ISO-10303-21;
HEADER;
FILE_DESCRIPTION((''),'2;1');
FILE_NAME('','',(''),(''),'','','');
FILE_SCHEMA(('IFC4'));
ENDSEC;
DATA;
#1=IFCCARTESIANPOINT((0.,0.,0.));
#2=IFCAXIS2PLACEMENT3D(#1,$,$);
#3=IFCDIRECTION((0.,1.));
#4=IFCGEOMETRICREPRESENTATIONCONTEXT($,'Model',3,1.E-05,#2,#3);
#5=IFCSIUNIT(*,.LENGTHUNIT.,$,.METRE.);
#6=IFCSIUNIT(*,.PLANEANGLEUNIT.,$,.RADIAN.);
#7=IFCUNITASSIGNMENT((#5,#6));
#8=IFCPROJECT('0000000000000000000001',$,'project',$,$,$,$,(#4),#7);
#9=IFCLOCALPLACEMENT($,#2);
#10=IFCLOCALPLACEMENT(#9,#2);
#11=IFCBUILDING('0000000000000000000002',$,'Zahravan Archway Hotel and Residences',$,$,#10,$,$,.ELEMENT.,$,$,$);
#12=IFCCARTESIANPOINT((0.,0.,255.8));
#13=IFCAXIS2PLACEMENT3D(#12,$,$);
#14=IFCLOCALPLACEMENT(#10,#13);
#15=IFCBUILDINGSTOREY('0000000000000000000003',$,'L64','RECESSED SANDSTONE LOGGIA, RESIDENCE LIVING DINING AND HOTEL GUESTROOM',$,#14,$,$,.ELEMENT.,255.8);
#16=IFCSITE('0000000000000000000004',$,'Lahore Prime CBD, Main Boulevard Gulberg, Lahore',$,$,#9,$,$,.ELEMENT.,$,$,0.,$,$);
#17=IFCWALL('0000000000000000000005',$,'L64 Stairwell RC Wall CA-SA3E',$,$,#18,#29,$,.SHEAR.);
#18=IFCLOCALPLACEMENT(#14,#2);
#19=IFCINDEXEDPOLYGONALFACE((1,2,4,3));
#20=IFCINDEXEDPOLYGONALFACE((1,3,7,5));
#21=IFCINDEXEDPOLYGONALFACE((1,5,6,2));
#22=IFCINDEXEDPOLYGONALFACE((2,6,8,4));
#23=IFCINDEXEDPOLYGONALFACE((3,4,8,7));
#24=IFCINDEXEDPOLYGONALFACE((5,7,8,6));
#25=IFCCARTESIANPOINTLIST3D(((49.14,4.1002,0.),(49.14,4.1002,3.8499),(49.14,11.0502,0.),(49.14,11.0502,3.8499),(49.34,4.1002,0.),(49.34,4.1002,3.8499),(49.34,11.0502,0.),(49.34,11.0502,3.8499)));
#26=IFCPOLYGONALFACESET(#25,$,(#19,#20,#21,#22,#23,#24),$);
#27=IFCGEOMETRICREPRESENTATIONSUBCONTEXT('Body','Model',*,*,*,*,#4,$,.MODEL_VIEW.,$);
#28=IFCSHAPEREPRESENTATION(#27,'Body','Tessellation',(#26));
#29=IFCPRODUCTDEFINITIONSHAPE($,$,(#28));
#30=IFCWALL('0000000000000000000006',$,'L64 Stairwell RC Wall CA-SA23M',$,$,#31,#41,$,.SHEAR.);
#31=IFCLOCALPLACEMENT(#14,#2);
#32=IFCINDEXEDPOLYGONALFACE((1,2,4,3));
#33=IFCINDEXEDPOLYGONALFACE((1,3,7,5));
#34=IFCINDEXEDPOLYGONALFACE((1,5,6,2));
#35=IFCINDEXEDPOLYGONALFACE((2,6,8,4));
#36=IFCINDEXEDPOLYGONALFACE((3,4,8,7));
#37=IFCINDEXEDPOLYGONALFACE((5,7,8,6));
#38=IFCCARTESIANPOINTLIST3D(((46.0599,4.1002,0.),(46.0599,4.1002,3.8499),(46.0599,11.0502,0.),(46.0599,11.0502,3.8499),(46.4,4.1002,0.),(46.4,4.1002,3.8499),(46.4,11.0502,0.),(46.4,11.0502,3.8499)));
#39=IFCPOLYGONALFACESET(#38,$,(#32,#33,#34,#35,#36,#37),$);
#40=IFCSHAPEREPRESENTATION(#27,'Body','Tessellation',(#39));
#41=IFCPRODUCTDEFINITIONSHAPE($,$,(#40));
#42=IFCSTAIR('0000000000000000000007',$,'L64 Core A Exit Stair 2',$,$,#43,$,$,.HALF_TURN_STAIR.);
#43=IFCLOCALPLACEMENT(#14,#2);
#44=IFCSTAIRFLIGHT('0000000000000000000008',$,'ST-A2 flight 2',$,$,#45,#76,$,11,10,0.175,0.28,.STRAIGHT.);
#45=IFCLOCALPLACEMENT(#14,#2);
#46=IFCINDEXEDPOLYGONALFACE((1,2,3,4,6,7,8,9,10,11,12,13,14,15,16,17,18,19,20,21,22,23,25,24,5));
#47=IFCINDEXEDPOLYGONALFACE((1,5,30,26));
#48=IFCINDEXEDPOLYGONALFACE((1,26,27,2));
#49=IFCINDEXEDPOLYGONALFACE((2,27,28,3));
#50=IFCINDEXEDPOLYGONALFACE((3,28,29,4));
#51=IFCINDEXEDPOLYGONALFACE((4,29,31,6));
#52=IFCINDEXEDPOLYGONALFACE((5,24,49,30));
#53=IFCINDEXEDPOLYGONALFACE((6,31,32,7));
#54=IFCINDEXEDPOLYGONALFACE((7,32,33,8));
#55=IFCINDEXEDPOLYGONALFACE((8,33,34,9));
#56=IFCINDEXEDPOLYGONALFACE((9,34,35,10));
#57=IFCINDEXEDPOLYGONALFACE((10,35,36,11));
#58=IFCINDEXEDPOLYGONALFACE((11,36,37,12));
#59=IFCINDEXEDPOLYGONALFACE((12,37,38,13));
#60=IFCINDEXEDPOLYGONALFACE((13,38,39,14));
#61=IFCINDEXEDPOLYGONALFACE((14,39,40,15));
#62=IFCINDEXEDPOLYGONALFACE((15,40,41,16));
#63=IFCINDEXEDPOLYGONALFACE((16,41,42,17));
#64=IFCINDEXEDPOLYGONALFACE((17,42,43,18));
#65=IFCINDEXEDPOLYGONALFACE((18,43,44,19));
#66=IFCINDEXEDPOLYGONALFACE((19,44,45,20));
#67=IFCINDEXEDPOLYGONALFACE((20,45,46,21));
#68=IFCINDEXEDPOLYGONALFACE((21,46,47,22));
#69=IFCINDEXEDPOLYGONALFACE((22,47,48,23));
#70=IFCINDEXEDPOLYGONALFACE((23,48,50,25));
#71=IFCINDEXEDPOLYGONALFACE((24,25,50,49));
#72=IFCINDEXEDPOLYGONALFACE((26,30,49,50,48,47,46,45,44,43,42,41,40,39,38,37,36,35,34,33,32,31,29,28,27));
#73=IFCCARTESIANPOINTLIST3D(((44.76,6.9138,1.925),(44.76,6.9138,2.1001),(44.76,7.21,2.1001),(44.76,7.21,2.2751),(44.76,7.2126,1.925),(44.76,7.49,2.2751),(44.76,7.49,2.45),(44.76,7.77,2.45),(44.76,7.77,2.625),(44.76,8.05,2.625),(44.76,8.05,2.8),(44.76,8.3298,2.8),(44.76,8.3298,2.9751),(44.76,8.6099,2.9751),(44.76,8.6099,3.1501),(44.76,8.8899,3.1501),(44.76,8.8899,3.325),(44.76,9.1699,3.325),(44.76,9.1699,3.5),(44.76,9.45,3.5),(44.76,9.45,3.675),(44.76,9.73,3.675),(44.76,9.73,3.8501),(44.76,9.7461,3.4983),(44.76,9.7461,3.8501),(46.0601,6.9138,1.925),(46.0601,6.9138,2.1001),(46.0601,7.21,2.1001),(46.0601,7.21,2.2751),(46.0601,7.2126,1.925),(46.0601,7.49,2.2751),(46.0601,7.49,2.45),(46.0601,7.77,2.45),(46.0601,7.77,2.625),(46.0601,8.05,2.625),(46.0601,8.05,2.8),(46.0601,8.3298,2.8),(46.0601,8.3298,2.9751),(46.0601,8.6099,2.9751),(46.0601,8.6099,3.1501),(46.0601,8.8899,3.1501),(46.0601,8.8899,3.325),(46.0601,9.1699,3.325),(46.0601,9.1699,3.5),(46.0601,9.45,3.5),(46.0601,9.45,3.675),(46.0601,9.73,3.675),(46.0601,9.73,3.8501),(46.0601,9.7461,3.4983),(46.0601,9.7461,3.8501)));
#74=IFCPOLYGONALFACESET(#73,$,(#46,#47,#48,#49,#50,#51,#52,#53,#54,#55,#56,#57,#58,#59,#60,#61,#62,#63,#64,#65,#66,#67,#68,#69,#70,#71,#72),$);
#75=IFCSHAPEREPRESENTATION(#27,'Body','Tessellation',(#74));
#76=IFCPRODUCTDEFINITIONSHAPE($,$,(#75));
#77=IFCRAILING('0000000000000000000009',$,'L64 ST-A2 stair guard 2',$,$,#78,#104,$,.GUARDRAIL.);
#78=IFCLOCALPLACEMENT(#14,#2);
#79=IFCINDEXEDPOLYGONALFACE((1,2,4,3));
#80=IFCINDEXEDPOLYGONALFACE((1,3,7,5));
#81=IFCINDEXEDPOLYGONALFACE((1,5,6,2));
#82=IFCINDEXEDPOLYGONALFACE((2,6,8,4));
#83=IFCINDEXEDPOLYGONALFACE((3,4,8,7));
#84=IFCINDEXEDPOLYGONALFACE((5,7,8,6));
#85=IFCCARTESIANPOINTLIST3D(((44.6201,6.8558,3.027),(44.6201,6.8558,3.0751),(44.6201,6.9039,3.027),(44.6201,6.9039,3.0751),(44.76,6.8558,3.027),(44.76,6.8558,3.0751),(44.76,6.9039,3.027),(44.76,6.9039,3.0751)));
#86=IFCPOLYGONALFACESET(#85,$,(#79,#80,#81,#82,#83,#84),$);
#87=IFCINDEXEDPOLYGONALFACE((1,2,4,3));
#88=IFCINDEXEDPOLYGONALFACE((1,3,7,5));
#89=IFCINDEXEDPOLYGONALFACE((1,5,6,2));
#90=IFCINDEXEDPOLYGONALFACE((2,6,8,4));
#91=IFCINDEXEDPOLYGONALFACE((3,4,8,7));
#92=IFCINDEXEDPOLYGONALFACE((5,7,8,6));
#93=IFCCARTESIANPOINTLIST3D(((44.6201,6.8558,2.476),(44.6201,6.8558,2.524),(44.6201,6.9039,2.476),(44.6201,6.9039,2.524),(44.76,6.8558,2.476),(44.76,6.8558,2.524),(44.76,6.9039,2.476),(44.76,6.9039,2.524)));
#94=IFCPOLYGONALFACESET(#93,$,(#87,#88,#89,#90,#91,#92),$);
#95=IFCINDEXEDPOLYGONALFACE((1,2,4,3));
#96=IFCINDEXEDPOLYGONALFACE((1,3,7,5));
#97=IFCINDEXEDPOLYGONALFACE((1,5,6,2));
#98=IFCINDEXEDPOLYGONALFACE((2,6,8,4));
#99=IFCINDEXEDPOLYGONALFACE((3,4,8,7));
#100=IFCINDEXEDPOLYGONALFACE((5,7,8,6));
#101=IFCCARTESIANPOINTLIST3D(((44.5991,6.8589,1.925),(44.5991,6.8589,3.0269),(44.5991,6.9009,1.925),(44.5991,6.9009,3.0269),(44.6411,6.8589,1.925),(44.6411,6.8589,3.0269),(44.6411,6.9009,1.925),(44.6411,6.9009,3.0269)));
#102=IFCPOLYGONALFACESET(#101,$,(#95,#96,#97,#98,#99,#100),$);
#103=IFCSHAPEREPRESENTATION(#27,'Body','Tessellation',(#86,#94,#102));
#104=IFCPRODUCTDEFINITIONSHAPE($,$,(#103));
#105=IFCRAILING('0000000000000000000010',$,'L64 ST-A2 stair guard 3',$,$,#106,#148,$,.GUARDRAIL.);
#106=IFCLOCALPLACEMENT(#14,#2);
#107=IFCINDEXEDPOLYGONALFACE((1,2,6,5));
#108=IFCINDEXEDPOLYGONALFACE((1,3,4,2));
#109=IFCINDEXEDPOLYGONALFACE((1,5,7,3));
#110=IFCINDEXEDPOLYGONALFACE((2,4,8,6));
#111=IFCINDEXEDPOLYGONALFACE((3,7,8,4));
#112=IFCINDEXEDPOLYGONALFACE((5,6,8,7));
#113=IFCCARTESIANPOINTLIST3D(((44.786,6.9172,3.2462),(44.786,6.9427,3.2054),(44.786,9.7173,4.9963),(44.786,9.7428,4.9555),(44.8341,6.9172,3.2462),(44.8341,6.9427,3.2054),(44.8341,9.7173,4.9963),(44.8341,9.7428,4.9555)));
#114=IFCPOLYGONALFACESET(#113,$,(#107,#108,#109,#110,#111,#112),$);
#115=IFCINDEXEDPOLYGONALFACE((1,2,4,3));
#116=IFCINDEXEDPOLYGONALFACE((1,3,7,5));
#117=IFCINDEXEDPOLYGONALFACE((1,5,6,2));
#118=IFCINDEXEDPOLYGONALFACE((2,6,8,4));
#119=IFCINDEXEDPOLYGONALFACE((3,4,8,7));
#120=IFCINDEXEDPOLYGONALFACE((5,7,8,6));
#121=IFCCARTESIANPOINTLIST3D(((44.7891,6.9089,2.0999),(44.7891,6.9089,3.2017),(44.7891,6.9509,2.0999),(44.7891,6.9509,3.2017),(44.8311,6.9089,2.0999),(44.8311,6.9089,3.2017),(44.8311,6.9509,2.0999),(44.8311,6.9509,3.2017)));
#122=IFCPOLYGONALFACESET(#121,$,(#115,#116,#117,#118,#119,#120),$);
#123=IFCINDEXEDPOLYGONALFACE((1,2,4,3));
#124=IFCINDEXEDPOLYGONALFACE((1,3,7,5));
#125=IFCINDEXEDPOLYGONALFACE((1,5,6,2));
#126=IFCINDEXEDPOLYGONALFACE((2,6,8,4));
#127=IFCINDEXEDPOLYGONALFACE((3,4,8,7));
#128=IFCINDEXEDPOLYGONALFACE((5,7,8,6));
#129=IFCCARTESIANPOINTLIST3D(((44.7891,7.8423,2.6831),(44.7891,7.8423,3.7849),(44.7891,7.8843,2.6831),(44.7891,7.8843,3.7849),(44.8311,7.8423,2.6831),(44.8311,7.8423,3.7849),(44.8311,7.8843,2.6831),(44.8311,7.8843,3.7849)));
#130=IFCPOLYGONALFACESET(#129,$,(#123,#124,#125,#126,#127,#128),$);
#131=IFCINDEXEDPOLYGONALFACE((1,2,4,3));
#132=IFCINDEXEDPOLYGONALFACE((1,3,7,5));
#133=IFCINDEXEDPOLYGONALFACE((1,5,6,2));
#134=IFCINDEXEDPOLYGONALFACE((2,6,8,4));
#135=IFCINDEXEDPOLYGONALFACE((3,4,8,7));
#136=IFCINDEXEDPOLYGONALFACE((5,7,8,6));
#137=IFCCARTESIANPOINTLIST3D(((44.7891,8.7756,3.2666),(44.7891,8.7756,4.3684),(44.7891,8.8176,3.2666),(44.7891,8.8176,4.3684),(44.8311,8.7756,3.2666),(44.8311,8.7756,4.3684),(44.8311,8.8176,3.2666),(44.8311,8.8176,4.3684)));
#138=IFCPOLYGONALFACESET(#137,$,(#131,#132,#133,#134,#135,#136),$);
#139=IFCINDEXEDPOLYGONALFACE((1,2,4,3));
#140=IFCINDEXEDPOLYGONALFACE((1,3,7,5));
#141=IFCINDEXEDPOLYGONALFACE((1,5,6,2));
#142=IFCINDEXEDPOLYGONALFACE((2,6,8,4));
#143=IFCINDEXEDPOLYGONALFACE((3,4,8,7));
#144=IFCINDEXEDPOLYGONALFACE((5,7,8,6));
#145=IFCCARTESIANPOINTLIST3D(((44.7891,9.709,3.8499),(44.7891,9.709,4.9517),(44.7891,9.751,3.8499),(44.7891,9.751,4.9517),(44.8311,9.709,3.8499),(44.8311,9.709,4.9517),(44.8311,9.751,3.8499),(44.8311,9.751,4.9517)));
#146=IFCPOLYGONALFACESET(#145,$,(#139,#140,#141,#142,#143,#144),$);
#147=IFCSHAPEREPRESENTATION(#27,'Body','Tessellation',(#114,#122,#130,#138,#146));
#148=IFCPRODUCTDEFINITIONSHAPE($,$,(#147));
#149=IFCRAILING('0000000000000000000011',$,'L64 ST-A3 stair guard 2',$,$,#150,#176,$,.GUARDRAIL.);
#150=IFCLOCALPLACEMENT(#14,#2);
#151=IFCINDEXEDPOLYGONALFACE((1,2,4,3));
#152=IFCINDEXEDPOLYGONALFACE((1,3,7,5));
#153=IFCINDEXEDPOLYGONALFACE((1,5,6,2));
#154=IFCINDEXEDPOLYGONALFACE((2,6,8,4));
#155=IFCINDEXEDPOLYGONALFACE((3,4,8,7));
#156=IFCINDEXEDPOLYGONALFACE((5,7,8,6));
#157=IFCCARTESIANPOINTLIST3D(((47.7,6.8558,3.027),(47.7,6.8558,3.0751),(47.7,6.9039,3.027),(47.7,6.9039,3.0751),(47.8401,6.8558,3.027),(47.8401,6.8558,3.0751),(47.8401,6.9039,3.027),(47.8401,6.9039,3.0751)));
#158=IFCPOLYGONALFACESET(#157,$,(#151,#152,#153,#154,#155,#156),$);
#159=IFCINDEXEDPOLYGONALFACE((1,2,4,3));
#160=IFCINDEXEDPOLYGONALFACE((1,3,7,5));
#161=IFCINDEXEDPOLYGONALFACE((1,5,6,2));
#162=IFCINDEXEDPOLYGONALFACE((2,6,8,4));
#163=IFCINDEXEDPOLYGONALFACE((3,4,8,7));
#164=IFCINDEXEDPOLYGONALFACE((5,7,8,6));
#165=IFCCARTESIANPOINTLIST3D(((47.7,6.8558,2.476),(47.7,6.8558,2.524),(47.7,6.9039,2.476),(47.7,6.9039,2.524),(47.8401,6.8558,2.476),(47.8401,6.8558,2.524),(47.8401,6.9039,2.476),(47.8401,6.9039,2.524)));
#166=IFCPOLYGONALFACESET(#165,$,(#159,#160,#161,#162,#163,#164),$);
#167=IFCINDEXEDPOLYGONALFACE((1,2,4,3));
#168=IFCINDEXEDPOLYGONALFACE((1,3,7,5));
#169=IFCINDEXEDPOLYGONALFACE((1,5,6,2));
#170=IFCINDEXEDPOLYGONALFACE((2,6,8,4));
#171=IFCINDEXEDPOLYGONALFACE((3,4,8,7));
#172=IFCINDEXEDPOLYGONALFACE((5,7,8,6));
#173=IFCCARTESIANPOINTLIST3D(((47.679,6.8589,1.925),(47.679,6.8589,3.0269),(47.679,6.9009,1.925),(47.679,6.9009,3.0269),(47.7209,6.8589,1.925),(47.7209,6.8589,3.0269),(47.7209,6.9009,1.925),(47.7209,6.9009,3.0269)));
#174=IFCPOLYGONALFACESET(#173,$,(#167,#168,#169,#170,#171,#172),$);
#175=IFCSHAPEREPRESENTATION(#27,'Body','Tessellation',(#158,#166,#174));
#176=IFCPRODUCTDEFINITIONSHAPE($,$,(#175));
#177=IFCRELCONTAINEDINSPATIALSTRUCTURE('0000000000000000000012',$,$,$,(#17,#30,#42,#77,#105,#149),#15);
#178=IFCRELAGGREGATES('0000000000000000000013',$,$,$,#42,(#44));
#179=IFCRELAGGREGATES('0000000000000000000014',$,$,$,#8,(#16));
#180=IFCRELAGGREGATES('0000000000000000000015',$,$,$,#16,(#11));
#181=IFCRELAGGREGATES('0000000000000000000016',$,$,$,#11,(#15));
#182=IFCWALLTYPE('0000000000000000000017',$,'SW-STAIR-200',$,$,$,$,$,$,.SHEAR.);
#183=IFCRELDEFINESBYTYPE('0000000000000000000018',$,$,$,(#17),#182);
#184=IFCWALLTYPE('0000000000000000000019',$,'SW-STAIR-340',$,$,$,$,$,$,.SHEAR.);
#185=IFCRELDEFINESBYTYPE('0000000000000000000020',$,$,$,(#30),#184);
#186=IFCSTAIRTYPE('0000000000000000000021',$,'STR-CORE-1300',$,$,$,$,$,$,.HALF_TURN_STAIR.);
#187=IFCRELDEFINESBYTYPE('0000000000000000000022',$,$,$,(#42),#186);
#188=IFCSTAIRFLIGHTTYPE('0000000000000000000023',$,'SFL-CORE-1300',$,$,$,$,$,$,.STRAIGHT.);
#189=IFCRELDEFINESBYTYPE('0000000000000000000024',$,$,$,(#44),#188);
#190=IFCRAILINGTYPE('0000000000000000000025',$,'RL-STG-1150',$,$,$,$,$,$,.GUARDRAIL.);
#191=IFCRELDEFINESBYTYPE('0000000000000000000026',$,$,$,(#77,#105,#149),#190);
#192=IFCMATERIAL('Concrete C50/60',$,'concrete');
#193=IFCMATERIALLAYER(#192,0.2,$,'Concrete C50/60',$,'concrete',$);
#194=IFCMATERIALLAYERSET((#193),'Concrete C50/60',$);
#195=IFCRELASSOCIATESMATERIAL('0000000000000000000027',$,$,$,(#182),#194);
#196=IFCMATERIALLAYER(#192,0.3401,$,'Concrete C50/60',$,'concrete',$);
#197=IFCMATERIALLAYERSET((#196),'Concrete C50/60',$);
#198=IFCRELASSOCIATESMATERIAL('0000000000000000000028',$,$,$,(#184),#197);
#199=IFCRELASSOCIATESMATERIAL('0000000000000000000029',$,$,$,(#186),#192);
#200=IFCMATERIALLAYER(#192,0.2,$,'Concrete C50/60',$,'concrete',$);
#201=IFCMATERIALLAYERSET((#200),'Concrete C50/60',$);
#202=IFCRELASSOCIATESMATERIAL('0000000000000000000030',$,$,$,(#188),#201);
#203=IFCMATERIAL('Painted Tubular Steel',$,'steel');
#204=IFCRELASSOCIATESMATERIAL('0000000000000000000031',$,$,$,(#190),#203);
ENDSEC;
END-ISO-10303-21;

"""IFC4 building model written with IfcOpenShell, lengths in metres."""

from ifc_helpers import new_model, si_unit, direction, frame, frame_2d, origin, origin_2d, place, context, subcontext, project, spatial, polyline, rectangle, outline, extrude, source, transform, mapped, material, layer, layer_set, type_object, element, aggregate, save


model = new_model("IFC4")

# Units and contexts
model_context = context("Model", 3, precision=1e-05, world=origin(), true_north=direction((0.0, 1.0)))
body_context = subcontext(model_context, "Body", "Model", "MODEL_VIEW")
ifc_project = project(units=[si_unit("LENGTHUNIT", "METRE"), si_unit("PLANEANGLEUNIT", "RADIAN")], contexts=[model_context])

# Site, building, storey
site_placement = place(None, origin())
site = spatial("IfcSite", under=ifc_project, at=site_placement, Name="Lahore Prime CBD, Main Boulevard Gulberg, Lahore", CompositionType="ELEMENT", RefElevation=0.0)
building_placement = place(site_placement, origin())
building = spatial("IfcBuilding", under=site, at=building_placement, Name="Zahravan Archway Hotel and Residences", CompositionType="ELEMENT")
storey_placement = place(building_placement, frame((0.0, 0.0, 255.8)))
storey = spatial("IfcBuildingStorey", under=building, at=storey_placement, Name="L64", Description="RECESSED SANDSTONE LOGGIA, RESIDENCE LIVING DINING AND HOTEL GUESTROOM", CompositionType="ELEMENT", Elevation=255.8)

# Shared definitions
ifc_material_1 = material(Name="Concrete C50/60", Category="concrete")

# Walls
ifc_layer_1 = layer(ifc_material_1, 0.2, Name="Concrete C50/60", Category="concrete")
ifc_layer_set_1 = layer_set([ifc_layer_1], Name="Concrete C50/60")
wall_type_1 = type_object("IfcWallType", Name="SW-STAIR-200", PredefinedType="SHEAR", material=ifc_layer_set_1)
for number, where, z_axis, x_axis, name in (
    (1, (49.24, 4.1001, 0.0), (0.0, 0.0, 1.0), (0.0, 1.0, 0.0), "L64 Stairwell RC Wall CA-SA3E"),
):
    element("IfcWall", number, at=place(storey_placement, frame(where, z_axis=z_axis, x_axis=x_axis)), inside=storey, type_object=wall_type_1, Name=name, PredefinedType="SHEAR", context=body_context, shape_type="SweptSolid", body=[
        extrude(rectangle(XDim=6.95, YDim=0.2, at=frame_2d((3.4751, 0.0))), origin(), (0.0, 0.0, 1.0), 3.8499),
    ])
ifc_layer_2 = layer(ifc_material_1, 0.3401, Name="Concrete C50/60", Category="concrete")
ifc_layer_set_2 = layer_set([ifc_layer_2], Name="Concrete C50/60")
wall_type_2 = type_object("IfcWallType", Name="SW-STAIR-340", PredefinedType="SHEAR", material=ifc_layer_set_2)
wall_1_placement = place(storey_placement, frame((46.23, 4.1001, 0.0), z_axis=(0.0, 0.0, 1.0), x_axis=(0.0, 1.0, 0.0)))
element("IfcWall", 2, at=wall_1_placement, inside=storey, type_object=wall_type_2, Name="L64 Stairwell RC Wall CA-SA23M", PredefinedType="SHEAR", context=body_context, shape_type="SweptSolid", body=[
    extrude(rectangle(XDim=6.95, YDim=0.3401, at=frame_2d((3.4751, 0.0))), origin(), (0.0, 0.0, 1.0), 3.8499),
])

# Stair, stair flight
stair_type = type_object("IfcStairType", Name="STR-CORE-1300", PredefinedType="HALF_TURN_STAIR", material=ifc_material_1)
stair_placement = place(storey_placement, origin())
stair = element("IfcStair", 3, at=stair_placement, inside=storey, type_object=stair_type, Name="L64 Core A Exit Stair 2", PredefinedType="HALF_TURN_STAIR")
ifc_layer_3 = layer(ifc_material_1, 0.2, Name="Concrete C50/60", Category="concrete")
ifc_layer_set_3 = layer_set([ifc_layer_3], Name="Concrete C50/60")
stair_flight_type = type_object("IfcStairFlightType", Name="SFL-CORE-1300", PredefinedType="STRAIGHT", material=ifc_layer_set_3)
shared_shape_1 = source(origin(), body_context, "Body", "SweptSolid", [
    extrude(outline(polyline([(-0.0161, 0.0), (-0.0161, 0.175), (0.28, 0.175), (0.28, 0.3501), (0.5601, 0.3501), (0.5601, 0.5249), (0.8401, 0.5249), (0.8401, 0.7), (1.1201, 0.7), (1.1201, 0.875), (1.3999, 0.875), (1.3999, 1.05), (1.6799, 1.05), (1.6799, 1.2251), (1.96, 1.2251), (1.96, 1.3999), (2.24, 1.3999), (2.24, 1.575), (2.52, 1.575), (2.52, 1.75), (2.8, 1.75), (2.8, 1.925), (2.8162, 1.925), (2.8162, 1.5732), (0.2827, 0.0), (-0.0161, 0.0)])), frame((0.0, 0.6499, 0.0), z_axis=(0.0, -1.0, 0.0), x_axis=(1.0, 0.0, 0.0)), (0.0, 0.0, 1.0), 1.3),
])
stair_flight_placement = place(storey_placement, frame((45.4099, 6.9299, 1.925), z_axis=(0.0, 0.0, 1.0), x_axis=(0.0, 1.0, 0.0)))
stair_flight = element("IfcStairFlight", 4, at=stair_flight_placement, type_object=stair_flight_type, Name="ST-A2 flight 2", NumberOfRisers=11, NumberOfTreads=10, PredefinedType="STRAIGHT", RiserHeight=0.175, TreadLength=0.28, context=body_context, shape_type="MappedRepresentation", body=[
    mapped(shared_shape_1, transform((0.0, 0.0, 0.0), scale=1.0)),
])
aggregate(stair, [stair_flight])

# Railings
ifc_material_2 = material(Name="Painted Tubular Steel", Category="steel")
railing_type_1 = type_object("IfcRailingType", Name="RL-STG-1150", PredefinedType="GUARDRAIL", material=ifc_material_2)
railing_1_placement = place(storey_placement, frame((44.6201, 6.8799, 1.925)))
element("IfcRailing", 5, at=railing_1_placement, inside=storey, type_object=railing_type_1, Name="L64 ST-A2 stair guard 2", PredefinedType="GUARDRAIL", context=body_context, shape_type="SweptSolid", body=[
    extrude(rectangle(XDim=0.0481, YDim=0.0481, at=origin_2d()), frame((0.0, 0.0, 1.126), z_axis=(1.0, 0.0, 0.0), x_axis=(0.0, 1.0, 0.0)), (0.0, 0.0, 1.0), 0.1399),
    extrude(rectangle(XDim=0.0481, YDim=0.0481, at=origin_2d()), frame((0.0, 0.0, 0.575), z_axis=(1.0, 0.0, 0.0), x_axis=(0.0, 1.0, 0.0)), (0.0, 0.0, 1.0), 0.1399),
    extrude(rectangle(XDim=0.042, YDim=0.042, at=origin_2d()), origin(), (0.0, 0.0, 1.0), 1.1018),
])
railing_2_placement = place(storey_placement, frame((44.8101, 6.9299, 2.0999)))
element("IfcRailing", 6, at=railing_2_placement, inside=storey, type_object=railing_type_1, Name="L64 ST-A2 stair guard 3", PredefinedType="GUARDRAIL", context=body_context, shape_type="SweptSolid", body=[
    extrude(rectangle(XDim=0.0481, YDim=0.0481, at=origin_2d()), frame((0.0, 0.0, 1.126), z_axis=(0.0, 0.848002, 0.529992), x_axis=(-1.0, 0.0, 0.0)), (0.0, 0.0, 1.0), 3.302),
    extrude(rectangle(XDim=0.042, YDim=0.042, at=origin_2d()), origin(), (0.0, 0.0, 1.0), 1.1018),
    extrude(rectangle(XDim=0.042, YDim=0.042, at=origin_2d()), frame((0.0, 0.9333, 0.5833)), (0.0, 0.0, 1.0), 1.1018),
    extrude(rectangle(XDim=0.042, YDim=0.042, at=origin_2d()), frame((0.0, 1.8667, 1.1667)), (0.0, 0.0, 1.0), 1.1018),
    extrude(rectangle(XDim=0.042, YDim=0.042, at=origin_2d()), frame((0.0, 2.8, 1.75)), (0.0, 0.0, 1.0), 1.1018),
])
railing_3_placement = place(storey_placement, frame((47.7, 6.8799, 1.925)))
element("IfcRailing", 7, at=railing_3_placement, inside=storey, type_object=railing_type_1, Name="L64 ST-A3 stair guard 2", PredefinedType="GUARDRAIL", context=body_context, shape_type="SweptSolid", body=[
    extrude(rectangle(XDim=0.0481, YDim=0.0481, at=origin_2d()), frame((0.0, 0.0, 1.126), z_axis=(1.0, 0.0, 0.0), x_axis=(0.0, 1.0, 0.0)), (0.0, 0.0, 1.0), 0.1401),
    extrude(rectangle(XDim=0.0481, YDim=0.0481, at=origin_2d()), frame((0.0, 0.0, 0.575), z_axis=(1.0, 0.0, 0.0), x_axis=(0.0, 1.0, 0.0)), (0.0, 0.0, 1.0), 0.1401),
    extrude(rectangle(XDim=0.042, YDim=0.042, at=origin_2d()), origin(), (0.0, 0.0, 1.0), 1.1018),
])

save(model, "model.ifc")
